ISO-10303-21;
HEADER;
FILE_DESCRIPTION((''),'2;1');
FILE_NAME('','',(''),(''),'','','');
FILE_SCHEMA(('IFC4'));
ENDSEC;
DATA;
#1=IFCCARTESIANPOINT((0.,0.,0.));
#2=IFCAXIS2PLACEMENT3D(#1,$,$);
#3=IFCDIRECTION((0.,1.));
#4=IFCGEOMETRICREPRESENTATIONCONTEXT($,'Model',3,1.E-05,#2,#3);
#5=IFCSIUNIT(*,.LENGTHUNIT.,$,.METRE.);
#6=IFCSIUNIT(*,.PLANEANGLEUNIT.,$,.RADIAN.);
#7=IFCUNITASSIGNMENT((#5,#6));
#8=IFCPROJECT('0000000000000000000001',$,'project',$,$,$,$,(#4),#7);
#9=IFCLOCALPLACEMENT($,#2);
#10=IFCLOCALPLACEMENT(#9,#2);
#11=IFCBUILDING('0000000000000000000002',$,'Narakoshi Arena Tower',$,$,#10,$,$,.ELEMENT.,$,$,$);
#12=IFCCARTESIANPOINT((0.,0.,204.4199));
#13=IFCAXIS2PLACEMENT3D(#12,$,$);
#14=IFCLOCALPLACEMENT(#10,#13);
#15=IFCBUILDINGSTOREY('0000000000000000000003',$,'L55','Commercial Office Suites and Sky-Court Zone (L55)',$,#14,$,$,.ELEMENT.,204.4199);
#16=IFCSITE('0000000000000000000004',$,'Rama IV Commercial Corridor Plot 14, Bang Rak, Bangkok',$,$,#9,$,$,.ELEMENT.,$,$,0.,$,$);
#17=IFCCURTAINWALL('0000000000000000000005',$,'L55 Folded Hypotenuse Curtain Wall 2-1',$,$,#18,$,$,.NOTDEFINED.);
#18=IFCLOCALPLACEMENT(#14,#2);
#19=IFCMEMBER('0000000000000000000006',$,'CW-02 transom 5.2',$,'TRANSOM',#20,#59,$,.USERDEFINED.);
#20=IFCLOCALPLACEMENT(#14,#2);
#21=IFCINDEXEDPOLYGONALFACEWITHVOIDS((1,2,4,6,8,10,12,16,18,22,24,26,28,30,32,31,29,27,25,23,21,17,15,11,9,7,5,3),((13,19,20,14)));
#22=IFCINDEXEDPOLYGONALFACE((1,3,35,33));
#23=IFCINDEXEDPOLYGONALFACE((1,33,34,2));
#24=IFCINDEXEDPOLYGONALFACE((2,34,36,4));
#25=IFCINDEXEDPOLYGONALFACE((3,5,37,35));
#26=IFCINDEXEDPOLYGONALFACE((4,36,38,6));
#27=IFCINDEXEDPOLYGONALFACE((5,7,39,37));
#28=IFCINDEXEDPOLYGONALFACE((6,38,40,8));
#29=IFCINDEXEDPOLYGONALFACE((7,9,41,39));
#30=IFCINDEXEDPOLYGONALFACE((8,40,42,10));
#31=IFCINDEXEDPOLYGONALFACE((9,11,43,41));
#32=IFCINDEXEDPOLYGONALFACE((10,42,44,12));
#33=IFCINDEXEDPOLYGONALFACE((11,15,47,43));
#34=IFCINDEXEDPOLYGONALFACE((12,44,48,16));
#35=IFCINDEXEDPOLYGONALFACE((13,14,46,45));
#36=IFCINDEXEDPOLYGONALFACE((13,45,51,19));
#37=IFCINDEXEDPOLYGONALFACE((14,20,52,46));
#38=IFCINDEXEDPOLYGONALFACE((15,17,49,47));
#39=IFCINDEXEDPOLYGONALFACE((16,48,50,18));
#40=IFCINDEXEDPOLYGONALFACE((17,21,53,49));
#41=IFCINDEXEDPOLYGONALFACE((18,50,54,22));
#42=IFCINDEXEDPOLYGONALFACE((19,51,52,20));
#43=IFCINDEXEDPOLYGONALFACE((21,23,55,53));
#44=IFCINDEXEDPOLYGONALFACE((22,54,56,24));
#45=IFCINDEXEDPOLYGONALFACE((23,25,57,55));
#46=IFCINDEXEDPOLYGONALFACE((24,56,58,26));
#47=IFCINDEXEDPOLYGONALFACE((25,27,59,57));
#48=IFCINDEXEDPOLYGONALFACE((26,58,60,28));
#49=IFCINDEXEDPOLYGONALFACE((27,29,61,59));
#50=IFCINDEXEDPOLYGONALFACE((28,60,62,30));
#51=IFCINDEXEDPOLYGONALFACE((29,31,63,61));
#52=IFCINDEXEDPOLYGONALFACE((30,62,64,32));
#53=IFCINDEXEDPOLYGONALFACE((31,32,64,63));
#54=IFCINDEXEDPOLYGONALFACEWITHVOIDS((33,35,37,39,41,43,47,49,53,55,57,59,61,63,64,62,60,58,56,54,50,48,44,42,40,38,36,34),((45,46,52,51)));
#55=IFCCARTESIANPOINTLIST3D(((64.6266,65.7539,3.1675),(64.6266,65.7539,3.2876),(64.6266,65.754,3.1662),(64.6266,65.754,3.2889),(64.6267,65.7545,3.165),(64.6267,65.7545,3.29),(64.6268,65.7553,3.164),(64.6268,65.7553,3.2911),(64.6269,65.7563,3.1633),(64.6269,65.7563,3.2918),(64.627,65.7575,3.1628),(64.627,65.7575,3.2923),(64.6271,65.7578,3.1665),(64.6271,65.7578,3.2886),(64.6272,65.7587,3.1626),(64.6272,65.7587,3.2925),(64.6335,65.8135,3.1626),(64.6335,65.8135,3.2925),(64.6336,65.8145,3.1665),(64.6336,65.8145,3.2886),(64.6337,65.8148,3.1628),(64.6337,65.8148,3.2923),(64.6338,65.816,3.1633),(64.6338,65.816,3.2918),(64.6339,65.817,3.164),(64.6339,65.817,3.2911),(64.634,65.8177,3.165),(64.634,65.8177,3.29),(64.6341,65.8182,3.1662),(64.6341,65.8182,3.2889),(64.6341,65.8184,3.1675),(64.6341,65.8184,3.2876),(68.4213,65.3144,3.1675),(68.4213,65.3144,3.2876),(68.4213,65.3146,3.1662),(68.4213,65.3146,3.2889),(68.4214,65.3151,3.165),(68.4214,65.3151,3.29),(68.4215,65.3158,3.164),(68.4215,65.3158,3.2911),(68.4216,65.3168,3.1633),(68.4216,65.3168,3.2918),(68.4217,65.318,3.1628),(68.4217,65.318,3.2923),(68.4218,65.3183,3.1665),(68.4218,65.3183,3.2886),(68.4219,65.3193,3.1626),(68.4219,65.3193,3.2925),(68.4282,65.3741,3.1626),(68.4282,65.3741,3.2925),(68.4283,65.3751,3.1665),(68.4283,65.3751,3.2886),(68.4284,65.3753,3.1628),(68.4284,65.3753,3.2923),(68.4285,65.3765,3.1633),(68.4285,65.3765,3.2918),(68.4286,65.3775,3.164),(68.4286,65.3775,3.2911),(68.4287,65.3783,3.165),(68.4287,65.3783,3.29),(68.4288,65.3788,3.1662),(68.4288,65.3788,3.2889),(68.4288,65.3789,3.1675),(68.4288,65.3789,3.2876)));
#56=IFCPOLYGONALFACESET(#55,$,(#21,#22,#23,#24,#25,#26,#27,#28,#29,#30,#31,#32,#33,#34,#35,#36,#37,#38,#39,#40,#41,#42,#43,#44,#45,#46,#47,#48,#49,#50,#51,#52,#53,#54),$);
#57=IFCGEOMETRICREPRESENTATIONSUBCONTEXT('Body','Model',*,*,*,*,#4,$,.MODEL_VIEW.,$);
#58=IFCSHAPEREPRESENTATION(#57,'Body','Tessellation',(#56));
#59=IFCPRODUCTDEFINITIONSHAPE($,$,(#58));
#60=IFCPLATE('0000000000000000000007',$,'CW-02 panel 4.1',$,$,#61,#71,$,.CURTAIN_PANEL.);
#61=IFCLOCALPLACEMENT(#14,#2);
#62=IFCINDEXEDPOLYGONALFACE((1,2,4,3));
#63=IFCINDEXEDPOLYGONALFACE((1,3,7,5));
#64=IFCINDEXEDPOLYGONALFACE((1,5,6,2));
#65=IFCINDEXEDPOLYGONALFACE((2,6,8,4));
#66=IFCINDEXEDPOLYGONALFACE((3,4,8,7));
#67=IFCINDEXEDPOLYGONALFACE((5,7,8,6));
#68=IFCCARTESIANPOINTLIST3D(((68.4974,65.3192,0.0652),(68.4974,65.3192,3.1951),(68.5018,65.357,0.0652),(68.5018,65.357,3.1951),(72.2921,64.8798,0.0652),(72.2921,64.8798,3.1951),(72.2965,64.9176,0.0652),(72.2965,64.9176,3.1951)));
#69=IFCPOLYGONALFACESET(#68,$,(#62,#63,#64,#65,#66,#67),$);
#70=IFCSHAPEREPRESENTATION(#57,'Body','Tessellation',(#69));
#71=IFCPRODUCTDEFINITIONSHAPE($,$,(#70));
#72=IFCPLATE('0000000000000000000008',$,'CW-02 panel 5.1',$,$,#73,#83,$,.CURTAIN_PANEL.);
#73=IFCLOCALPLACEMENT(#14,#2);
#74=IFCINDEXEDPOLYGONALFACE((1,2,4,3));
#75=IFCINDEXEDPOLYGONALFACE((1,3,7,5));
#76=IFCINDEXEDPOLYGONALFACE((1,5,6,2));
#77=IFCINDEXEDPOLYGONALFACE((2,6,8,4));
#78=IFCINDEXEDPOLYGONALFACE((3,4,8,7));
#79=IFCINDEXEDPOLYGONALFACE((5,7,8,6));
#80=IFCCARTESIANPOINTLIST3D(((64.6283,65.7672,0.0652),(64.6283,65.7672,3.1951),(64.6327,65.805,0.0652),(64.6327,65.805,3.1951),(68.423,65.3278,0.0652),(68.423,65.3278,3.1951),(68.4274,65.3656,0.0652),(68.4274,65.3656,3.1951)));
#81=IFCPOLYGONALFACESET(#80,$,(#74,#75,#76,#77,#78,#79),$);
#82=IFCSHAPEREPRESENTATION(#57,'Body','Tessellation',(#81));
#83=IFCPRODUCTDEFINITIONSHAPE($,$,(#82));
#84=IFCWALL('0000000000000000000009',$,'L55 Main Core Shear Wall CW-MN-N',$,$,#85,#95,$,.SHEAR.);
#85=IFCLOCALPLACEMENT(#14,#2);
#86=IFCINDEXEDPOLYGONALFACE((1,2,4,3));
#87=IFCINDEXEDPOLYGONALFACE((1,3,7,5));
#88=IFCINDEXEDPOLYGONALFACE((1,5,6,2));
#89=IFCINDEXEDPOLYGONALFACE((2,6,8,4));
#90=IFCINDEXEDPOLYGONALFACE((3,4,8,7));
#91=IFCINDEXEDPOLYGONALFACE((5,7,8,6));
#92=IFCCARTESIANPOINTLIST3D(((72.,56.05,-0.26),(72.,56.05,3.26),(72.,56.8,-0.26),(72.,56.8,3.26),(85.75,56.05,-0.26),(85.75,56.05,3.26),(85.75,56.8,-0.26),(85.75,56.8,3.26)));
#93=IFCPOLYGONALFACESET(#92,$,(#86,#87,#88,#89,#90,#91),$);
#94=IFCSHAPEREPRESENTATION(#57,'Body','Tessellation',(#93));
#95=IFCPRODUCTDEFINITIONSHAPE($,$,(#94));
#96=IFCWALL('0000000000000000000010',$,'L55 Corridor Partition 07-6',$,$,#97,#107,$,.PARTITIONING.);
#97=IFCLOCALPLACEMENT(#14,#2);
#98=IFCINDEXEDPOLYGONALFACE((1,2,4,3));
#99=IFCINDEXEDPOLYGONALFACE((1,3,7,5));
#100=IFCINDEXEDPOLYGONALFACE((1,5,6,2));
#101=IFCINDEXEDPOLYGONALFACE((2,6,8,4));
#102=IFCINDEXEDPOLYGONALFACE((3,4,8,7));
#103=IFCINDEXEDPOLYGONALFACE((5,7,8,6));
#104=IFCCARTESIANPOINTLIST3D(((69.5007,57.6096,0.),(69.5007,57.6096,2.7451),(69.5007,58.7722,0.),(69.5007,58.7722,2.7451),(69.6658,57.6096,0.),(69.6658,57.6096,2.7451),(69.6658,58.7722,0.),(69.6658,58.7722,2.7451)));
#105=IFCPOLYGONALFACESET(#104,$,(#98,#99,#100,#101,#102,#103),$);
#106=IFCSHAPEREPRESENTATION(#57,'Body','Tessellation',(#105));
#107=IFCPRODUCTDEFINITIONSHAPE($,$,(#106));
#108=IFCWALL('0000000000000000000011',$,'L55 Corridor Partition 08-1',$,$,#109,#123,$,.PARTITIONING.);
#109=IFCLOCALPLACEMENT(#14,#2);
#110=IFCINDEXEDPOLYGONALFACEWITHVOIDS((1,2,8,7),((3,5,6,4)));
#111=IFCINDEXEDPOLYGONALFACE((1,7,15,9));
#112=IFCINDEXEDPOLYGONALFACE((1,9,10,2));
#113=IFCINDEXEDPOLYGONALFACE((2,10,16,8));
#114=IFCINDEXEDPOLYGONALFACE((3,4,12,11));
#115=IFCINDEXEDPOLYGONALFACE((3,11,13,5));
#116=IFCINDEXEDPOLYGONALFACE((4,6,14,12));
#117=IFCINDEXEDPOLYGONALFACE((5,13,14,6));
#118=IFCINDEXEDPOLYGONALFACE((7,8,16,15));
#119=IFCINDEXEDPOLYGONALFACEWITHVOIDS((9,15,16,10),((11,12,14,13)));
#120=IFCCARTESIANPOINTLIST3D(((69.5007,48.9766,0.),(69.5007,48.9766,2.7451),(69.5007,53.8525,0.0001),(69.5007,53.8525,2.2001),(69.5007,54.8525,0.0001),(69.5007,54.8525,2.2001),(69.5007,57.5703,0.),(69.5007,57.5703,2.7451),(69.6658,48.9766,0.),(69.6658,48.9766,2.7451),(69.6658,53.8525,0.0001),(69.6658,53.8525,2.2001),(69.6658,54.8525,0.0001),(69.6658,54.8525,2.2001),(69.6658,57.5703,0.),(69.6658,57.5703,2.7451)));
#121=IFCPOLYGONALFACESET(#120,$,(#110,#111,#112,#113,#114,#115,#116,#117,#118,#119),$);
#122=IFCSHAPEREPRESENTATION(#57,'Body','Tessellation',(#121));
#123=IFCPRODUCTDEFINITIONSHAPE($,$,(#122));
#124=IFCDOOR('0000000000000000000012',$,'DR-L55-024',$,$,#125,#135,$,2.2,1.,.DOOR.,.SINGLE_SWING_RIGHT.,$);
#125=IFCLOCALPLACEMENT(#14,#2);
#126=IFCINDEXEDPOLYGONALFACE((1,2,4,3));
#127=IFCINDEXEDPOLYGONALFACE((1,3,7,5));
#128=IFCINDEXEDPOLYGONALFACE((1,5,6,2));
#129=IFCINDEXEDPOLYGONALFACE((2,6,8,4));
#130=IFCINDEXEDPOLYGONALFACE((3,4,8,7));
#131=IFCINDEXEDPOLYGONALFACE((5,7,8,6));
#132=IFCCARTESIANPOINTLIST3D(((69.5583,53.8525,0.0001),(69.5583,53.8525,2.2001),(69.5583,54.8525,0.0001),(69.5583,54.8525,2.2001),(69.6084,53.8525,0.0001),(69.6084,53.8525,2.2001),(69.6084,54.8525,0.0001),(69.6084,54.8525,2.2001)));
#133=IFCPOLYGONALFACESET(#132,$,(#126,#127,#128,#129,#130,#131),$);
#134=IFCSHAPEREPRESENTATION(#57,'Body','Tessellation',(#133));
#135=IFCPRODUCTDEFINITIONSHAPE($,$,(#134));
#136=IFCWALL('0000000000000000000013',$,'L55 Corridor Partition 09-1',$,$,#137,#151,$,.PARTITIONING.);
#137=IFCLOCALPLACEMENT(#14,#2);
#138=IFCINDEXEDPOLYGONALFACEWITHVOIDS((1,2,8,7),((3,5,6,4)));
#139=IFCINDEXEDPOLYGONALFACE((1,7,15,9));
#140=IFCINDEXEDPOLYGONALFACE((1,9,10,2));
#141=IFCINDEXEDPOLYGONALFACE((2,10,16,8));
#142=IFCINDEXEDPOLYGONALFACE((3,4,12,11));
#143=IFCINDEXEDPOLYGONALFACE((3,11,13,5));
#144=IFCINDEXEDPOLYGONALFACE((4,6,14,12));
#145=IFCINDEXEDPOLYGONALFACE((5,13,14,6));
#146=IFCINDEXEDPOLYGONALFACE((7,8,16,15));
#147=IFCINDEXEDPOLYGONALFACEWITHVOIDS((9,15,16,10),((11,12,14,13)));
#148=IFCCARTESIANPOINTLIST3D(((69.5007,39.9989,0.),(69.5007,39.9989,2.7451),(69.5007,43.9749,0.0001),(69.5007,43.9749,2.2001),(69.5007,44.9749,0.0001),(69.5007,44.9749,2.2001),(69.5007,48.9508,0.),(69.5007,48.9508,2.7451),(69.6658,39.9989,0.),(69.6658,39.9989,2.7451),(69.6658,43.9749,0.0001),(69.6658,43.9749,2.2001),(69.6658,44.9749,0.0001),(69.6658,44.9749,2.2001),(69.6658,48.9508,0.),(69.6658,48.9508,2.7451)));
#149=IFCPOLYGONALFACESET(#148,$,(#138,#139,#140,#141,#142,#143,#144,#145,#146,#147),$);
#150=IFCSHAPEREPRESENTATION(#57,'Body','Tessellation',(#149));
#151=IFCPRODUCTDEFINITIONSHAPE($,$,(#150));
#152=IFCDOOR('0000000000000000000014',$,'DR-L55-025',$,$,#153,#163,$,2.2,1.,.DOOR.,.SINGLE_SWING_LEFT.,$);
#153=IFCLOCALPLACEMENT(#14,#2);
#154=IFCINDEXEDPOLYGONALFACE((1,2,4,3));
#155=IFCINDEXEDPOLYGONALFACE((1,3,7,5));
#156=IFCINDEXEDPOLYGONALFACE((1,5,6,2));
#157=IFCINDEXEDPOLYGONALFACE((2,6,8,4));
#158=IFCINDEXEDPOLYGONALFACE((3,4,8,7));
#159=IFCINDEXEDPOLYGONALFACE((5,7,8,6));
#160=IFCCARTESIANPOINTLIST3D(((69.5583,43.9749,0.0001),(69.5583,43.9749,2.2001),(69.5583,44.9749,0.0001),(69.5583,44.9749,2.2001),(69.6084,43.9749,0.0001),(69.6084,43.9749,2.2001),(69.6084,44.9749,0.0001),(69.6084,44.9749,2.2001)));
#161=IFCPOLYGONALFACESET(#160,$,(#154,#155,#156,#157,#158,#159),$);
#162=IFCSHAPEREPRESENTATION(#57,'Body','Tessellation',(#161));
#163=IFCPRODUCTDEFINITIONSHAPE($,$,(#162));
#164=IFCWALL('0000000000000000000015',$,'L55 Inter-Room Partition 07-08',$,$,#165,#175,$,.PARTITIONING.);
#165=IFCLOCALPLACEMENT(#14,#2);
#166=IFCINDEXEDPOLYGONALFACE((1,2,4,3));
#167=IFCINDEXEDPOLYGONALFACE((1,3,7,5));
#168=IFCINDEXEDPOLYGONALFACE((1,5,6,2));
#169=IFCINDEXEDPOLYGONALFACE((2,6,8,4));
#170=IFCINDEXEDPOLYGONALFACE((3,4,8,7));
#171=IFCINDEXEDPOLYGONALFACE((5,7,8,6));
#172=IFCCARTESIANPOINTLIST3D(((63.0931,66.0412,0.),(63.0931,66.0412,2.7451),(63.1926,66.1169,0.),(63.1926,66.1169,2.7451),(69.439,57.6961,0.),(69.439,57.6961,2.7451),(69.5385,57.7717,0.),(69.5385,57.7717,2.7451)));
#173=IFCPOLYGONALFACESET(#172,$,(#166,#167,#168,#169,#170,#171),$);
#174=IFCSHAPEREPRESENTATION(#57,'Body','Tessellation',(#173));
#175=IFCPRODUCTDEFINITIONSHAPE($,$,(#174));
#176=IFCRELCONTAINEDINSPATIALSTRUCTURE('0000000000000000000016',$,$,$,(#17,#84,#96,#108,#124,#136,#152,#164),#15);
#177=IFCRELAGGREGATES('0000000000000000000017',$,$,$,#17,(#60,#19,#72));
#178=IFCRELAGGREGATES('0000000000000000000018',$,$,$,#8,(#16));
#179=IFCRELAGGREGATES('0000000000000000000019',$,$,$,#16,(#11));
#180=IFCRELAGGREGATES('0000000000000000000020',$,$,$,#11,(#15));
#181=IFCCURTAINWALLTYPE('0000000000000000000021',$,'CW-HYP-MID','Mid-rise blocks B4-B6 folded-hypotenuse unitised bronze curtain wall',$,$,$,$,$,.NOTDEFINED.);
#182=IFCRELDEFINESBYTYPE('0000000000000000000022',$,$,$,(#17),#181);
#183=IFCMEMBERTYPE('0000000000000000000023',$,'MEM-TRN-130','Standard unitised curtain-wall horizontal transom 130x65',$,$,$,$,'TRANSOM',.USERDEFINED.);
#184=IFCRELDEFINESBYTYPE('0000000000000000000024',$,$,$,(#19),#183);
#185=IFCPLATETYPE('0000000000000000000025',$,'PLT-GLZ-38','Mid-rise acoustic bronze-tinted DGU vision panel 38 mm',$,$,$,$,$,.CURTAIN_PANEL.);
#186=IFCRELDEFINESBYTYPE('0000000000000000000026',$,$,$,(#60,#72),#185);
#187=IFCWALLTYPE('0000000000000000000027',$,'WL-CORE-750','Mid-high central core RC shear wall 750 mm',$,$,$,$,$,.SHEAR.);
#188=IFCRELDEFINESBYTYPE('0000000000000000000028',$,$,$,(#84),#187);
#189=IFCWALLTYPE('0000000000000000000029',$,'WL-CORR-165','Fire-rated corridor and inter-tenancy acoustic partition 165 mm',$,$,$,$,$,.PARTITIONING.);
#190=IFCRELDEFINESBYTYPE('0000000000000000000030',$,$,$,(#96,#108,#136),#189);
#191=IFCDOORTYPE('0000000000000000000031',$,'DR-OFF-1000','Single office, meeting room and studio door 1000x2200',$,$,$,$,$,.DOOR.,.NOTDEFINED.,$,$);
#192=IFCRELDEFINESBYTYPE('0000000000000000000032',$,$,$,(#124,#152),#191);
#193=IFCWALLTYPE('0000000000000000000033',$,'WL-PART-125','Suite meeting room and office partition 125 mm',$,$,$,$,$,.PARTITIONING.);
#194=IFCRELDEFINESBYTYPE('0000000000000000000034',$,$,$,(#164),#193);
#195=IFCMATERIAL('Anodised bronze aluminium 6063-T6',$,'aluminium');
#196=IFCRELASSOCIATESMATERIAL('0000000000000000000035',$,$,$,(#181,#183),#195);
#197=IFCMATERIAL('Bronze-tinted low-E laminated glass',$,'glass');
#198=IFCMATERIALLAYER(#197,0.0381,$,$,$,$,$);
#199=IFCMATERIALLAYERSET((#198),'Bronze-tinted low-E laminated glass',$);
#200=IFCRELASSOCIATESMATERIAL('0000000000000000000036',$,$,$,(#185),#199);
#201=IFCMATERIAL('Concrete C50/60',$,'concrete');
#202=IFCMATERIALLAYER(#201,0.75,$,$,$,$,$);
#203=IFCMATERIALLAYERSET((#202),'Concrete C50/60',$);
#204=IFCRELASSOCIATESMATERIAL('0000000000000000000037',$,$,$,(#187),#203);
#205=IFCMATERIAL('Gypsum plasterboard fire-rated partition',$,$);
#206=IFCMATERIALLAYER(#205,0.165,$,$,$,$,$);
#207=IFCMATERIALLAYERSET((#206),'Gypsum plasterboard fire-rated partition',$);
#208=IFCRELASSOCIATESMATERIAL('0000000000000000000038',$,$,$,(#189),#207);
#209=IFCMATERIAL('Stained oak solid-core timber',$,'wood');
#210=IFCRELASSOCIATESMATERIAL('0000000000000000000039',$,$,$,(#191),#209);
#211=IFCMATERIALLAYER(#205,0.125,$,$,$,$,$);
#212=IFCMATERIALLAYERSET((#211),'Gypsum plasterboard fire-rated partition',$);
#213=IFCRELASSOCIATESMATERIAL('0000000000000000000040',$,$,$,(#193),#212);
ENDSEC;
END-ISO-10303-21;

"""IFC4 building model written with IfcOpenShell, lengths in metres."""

from ifc_helpers import new_model, si_unit, direction, frame, frame_2d, origin, origin_2d, place, context, subcontext, project, spatial, rectangle, hollow_rectangle, extrude, material, layer, layer_set, material_profile, profile_set, type_object, element, fill, aggregate, save


model = new_model("IFC4")

# Units and contexts
model_context = context("Model", 3, precision=1e-05, world=origin(), true_north=direction((0.0, 1.0)))
body_context = subcontext(model_context, "Body", "Model", "MODEL_VIEW")
ifc_project = project(units=[si_unit("LENGTHUNIT", "METRE"), si_unit("PLANEANGLEUNIT", "RADIAN")], contexts=[model_context])

# Site, building, storey
site_placement = place(None, origin())
site = spatial("IfcSite", under=ifc_project, at=site_placement, Name="Rama IV Commercial Corridor Plot 14, Bang Rak, Bangkok", CompositionType="ELEMENT", RefElevation=0.0)
building_placement = place(site_placement, origin())
building = spatial("IfcBuilding", under=site, at=building_placement, Name="Narakoshi Arena Tower", CompositionType="ELEMENT")
storey_placement = place(building_placement, frame((0.0, 0.0, 204.4199)))
storey = spatial("IfcBuildingStorey", under=building, at=storey_placement, Name="L55", Description="Commercial Office Suites and Sky-Court Zone (L55)", CompositionType="ELEMENT", Elevation=204.4199)

# Shared definitions
ifc_material_1 = material(Name="Concrete C50/60", Category="concrete")

# Curtain wall, member, plates
ifc_material_2 = material(Name="Anodised bronze aluminium 6063-T6", Category="aluminium")
curtain_wall_type = type_object("IfcCurtainWallType", Name="CW-HYP-MID", Description="Mid-rise blocks B4-B6 folded-hypotenuse unitised bronze curtain wall", PredefinedType="NOTDEFINED", material=ifc_material_2)
curtain_wall_placement = place(storey_placement, origin())
curtain_wall = element("IfcCurtainWall", 1, at=curtain_wall_placement, inside=storey, type_object=curtain_wall_type, Name="L55 Folded Hypotenuse Curtain Wall 2-1", PredefinedType="NOTDEFINED")
ifc_material_profile_1 = material_profile(ifc_material_2, hollow_rectangle(XDim=0.0649, YDim=0.1299, WallThickness=0.0039, OuterFilletRadius=0.0049, at=origin_2d()), Name="TRN130x65x4")
ifc_profile_set_1 = profile_set([ifc_material_profile_1], Name="Anodised bronze aluminium 6063-T6")
member_type_1 = type_object("IfcMemberType", Name="MEM-TRN-130", Description="Standard unitised curtain-wall horizontal transom 130x65", ElementType="TRANSOM", PredefinedType="USERDEFINED", material=ifc_profile_set_1)
member_1_placement = place(storey_placement, frame((68.425, 65.3467, 3.2275), z_axis=(-0.993361, 0.115039, 0.0), x_axis=(-0.115039, -0.993361, 0.0)))
member_1 = element("IfcMember", 2, at=member_1_placement, type_object=member_type_1, Name="CW-02 transom 5.2", ObjectType="TRANSOM", PredefinedType="USERDEFINED", context=body_context, shape_type="SweptSolid", body=[
    extrude(hollow_rectangle(XDim=0.0649, YDim=0.1299, WallThickness=0.0039, OuterFilletRadius=0.0049, at=origin_2d()), origin(), (0.0, 0.0, 1.0), 3.8201),
])
ifc_material_3 = material(Name="Bronze-tinted low-E laminated glass", Category="glass")
ifc_layer_1 = layer(ifc_material_3, 0.0381)
ifc_layer_set_1 = layer_set([ifc_layer_1], Name="Bronze-tinted low-E laminated glass")
plate_type = type_object("IfcPlateType", Name="PLT-GLZ-38", Description="Mid-rise acoustic bronze-tinted DGU vision panel 38 mm", PredefinedType="CURTAIN_PANEL", material=ifc_layer_set_1)
plate_1_placement = place(storey_placement, frame((70.397, 65.1184, 0.0652), z_axis=(0.0, 0.0, 1.0), x_axis=(-0.993364, 0.115011, 0.0)))
plate_1 = element("IfcPlate", 3, at=plate_1_placement, type_object=plate_type, Name="CW-02 panel 4.1", PredefinedType="CURTAIN_PANEL", context=body_context, shape_type="SweptSolid", body=[
    extrude(rectangle(XDim=3.8201, YDim=0.0381, at=origin_2d()), origin(), (0.0, 0.0, 1.0), 3.1299),
])
plate_2_placement = place(storey_placement, frame((66.5278, 65.5664, 0.0652), z_axis=(0.0, 0.0, 1.0), x_axis=(-0.993364, 0.115011, 0.0)))
plate_2 = element("IfcPlate", 4, at=plate_2_placement, type_object=plate_type, Name="CW-02 panel 5.1", PredefinedType="CURTAIN_PANEL", context=body_context, shape_type="SweptSolid", body=[
    extrude(rectangle(XDim=3.8201, YDim=0.0381, at=origin_2d()), origin(), (0.0, 0.0, 1.0), 3.1299),
])
aggregate(curtain_wall, [plate_1, member_1, plate_2])

# Walls
ifc_layer_2 = layer(ifc_material_1, 0.75)
ifc_layer_set_2 = layer_set([ifc_layer_2], Name="Concrete C50/60")
wall_type_1 = type_object("IfcWallType", Name="WL-CORE-750", Description="Mid-high central core RC shear wall 750 mm", PredefinedType="SHEAR", material=ifc_layer_set_2)
wall_1_placement = place(storey_placement, frame((72.0, 56.425, -0.26), z_axis=(0.0, 0.0, 1.0), x_axis=(1.0, 0.0, 0.0)))
element("IfcWall", 5, at=wall_1_placement, inside=storey, type_object=wall_type_1, Name="L55 Main Core Shear Wall CW-MN-N", PredefinedType="SHEAR", context=body_context, shape_type="SweptSolid", body=[
    extrude(rectangle(XDim=13.75, YDim=0.75, at=frame_2d((6.875, 0.0))), origin(), (0.0, 0.0, 1.0), 3.52),
])
ifc_material_4 = material(Name="Gypsum plasterboard fire-rated partition")
ifc_layer_3 = layer(ifc_material_4, 0.165)
ifc_layer_set_3 = layer_set([ifc_layer_3], Name="Gypsum plasterboard fire-rated partition")
wall_type_2 = type_object("IfcWallType", Name="WL-CORR-165", Description="Fire-rated corridor and inter-tenancy acoustic partition 165 mm", PredefinedType="PARTITIONING", material=ifc_layer_set_3)
wall_2_placement = place(storey_placement, frame((69.5833, 58.7722, 0.0), z_axis=(0.0, 0.0, 1.0), x_axis=(0.0, -1.0, 0.0)))
element("IfcWall", 6, at=wall_2_placement, inside=storey, type_object=wall_type_2, Name="L55 Corridor Partition 07-6", PredefinedType="PARTITIONING", context=body_context, shape_type="SweptSolid", body=[
    extrude(rectangle(XDim=1.1626, YDim=0.165, at=frame_2d((0.5813, 0.0))), origin(), (0.0, 0.0, 1.0), 2.7451),
])

# Walls, openings, doors
wall_3_placement = place(storey_placement, frame((69.5833, 57.5703, 0.0), z_axis=(0.0, 0.0, 1.0), x_axis=(0.0, -1.0, 0.0)))
wall_3 = element("IfcWall", 7, at=wall_3_placement, inside=storey, type_object=wall_type_2, Name="L55 Corridor Partition 08-1", PredefinedType="PARTITIONING", context=body_context, shape_type="SweptSolid", body=[
    extrude(rectangle(XDim=8.5938, YDim=0.165, at=frame_2d((4.2969, 0.0))), origin(), (0.0, 0.0, 1.0), 2.7451),
])
opening_1_placement = place(wall_3_placement, frame((2.7178, 0.0, 0.0)))
opening_1 = element("IfcOpeningElement", 8, at=opening_1_placement, cuts=wall_3, PredefinedType="OPENING", context=body_context, shape_type="SweptSolid", body=[
    extrude(rectangle(XDim=1.0, YDim=2.2, at=frame_2d((0.5, 1.1001))), frame((0.0, 0.0925, 0.0), z_axis=(0.0, -1.0, 0.0), x_axis=(1.0, 0.0, 0.0)), (0.0, 0.0, 1.0), 0.1851),
])
ifc_material_5 = material(Name="Stained oak solid-core timber", Category="wood")
door_type_1 = type_object("IfcDoorType", Name="DR-OFF-1000", Description="Single office, meeting room and studio door 1000x2200", OperationType="NOTDEFINED", PredefinedType="DOOR", material=ifc_material_5)
door_1_placement = place(opening_1_placement, frame((1.0, 0.0, 0.0), z_axis=(0.0, 0.0, 1.0), x_axis=(-1.0, 0.0, 0.0)))
door_1 = element("IfcDoor", 9, at=door_1_placement, inside=storey, type_object=door_type_1, Name="DR-L55-024", OperationType="SINGLE_SWING_RIGHT", OverallHeight=2.2, OverallWidth=1.0, PredefinedType="DOOR", context=body_context, shape_type="SweptSolid", body=[
    extrude(rectangle(XDim=1.0, YDim=2.2, at=frame_2d((0.5, 1.1001))), frame((0.0, 0.0249, 0.0), z_axis=(0.0, -1.0, 0.0), x_axis=(1.0, 0.0, 0.0)), (0.0, 0.0, 1.0), 0.05),
])
fill(opening_1, door_1)
wall_4_placement = place(storey_placement, frame((69.5833, 48.9509, 0.0), z_axis=(0.0, 0.0, 1.0), x_axis=(0.0, -1.0, 0.0)))
wall_4 = element("IfcWall", 10, at=wall_4_placement, inside=storey, type_object=wall_type_2, Name="L55 Corridor Partition 09-1", PredefinedType="PARTITIONING", context=body_context, shape_type="SweptSolid", body=[
    extrude(rectangle(XDim=8.9519, YDim=0.165, at=frame_2d((4.4761, 0.0))), origin(), (0.0, 0.0, 1.0), 2.7451),
])
opening_2_placement = place(wall_4_placement, frame((3.9761, 0.0, 0.0)))
opening_2 = element("IfcOpeningElement", 11, at=opening_2_placement, cuts=wall_4, PredefinedType="OPENING", context=body_context, shape_type="SweptSolid", body=[
    extrude(rectangle(XDim=1.0, YDim=2.2, at=frame_2d((0.5, 1.1001))), frame((0.0, 0.0925, 0.0), z_axis=(0.0, -1.0, 0.0), x_axis=(1.0, 0.0, 0.0)), (0.0, 0.0, 1.0), 0.1851),
])
door_2_placement = place(opening_2_placement, frame((1.0, 0.0, 0.0), z_axis=(0.0, 0.0, 1.0), x_axis=(-1.0, 0.0, 0.0)))
door_2 = element("IfcDoor", 12, at=door_2_placement, inside=storey, type_object=door_type_1, Name="DR-L55-025", OperationType="SINGLE_SWING_LEFT", OverallHeight=2.2, OverallWidth=1.0, PredefinedType="DOOR", context=body_context, shape_type="SweptSolid", body=[
    extrude(rectangle(XDim=1.0, YDim=2.2, at=frame_2d((0.5, 1.1001))), frame((0.0, 0.0249, 0.0), z_axis=(0.0, -1.0, 0.0), x_axis=(1.0, 0.0, 0.0)), (0.0, 0.0, 1.0), 0.05),
])
fill(opening_2, door_2)

# Wall
ifc_layer_4 = layer(ifc_material_4, 0.125)
ifc_layer_set_4 = layer_set([ifc_layer_4], Name="Gypsum plasterboard fire-rated partition")
wall_type_3 = type_object("IfcWallType", Name="WL-PART-125", Description="Suite meeting room and office partition 125 mm", PredefinedType="PARTITIONING", material=ifc_layer_set_4)
wall_5_placement = place(storey_placement, frame((69.4888, 57.7339, 0.0), z_axis=(0.0, 0.0, 1.0), x_axis=(-0.6053, 0.795997, 0.0)))
element("IfcWall", 13, at=wall_5_placement, inside=storey, type_object=wall_type_3, Name="L55 Inter-Room Partition 07-08", PredefinedType="PARTITIONING", context=body_context, shape_type="SweptSolid", body=[
    extrude(rectangle(XDim=10.4839, YDim=0.125, at=frame_2d((5.2419, 0.0))), origin(), (0.0, 0.0, 1.0), 2.7451),
])

save(model, "model.ifc")
